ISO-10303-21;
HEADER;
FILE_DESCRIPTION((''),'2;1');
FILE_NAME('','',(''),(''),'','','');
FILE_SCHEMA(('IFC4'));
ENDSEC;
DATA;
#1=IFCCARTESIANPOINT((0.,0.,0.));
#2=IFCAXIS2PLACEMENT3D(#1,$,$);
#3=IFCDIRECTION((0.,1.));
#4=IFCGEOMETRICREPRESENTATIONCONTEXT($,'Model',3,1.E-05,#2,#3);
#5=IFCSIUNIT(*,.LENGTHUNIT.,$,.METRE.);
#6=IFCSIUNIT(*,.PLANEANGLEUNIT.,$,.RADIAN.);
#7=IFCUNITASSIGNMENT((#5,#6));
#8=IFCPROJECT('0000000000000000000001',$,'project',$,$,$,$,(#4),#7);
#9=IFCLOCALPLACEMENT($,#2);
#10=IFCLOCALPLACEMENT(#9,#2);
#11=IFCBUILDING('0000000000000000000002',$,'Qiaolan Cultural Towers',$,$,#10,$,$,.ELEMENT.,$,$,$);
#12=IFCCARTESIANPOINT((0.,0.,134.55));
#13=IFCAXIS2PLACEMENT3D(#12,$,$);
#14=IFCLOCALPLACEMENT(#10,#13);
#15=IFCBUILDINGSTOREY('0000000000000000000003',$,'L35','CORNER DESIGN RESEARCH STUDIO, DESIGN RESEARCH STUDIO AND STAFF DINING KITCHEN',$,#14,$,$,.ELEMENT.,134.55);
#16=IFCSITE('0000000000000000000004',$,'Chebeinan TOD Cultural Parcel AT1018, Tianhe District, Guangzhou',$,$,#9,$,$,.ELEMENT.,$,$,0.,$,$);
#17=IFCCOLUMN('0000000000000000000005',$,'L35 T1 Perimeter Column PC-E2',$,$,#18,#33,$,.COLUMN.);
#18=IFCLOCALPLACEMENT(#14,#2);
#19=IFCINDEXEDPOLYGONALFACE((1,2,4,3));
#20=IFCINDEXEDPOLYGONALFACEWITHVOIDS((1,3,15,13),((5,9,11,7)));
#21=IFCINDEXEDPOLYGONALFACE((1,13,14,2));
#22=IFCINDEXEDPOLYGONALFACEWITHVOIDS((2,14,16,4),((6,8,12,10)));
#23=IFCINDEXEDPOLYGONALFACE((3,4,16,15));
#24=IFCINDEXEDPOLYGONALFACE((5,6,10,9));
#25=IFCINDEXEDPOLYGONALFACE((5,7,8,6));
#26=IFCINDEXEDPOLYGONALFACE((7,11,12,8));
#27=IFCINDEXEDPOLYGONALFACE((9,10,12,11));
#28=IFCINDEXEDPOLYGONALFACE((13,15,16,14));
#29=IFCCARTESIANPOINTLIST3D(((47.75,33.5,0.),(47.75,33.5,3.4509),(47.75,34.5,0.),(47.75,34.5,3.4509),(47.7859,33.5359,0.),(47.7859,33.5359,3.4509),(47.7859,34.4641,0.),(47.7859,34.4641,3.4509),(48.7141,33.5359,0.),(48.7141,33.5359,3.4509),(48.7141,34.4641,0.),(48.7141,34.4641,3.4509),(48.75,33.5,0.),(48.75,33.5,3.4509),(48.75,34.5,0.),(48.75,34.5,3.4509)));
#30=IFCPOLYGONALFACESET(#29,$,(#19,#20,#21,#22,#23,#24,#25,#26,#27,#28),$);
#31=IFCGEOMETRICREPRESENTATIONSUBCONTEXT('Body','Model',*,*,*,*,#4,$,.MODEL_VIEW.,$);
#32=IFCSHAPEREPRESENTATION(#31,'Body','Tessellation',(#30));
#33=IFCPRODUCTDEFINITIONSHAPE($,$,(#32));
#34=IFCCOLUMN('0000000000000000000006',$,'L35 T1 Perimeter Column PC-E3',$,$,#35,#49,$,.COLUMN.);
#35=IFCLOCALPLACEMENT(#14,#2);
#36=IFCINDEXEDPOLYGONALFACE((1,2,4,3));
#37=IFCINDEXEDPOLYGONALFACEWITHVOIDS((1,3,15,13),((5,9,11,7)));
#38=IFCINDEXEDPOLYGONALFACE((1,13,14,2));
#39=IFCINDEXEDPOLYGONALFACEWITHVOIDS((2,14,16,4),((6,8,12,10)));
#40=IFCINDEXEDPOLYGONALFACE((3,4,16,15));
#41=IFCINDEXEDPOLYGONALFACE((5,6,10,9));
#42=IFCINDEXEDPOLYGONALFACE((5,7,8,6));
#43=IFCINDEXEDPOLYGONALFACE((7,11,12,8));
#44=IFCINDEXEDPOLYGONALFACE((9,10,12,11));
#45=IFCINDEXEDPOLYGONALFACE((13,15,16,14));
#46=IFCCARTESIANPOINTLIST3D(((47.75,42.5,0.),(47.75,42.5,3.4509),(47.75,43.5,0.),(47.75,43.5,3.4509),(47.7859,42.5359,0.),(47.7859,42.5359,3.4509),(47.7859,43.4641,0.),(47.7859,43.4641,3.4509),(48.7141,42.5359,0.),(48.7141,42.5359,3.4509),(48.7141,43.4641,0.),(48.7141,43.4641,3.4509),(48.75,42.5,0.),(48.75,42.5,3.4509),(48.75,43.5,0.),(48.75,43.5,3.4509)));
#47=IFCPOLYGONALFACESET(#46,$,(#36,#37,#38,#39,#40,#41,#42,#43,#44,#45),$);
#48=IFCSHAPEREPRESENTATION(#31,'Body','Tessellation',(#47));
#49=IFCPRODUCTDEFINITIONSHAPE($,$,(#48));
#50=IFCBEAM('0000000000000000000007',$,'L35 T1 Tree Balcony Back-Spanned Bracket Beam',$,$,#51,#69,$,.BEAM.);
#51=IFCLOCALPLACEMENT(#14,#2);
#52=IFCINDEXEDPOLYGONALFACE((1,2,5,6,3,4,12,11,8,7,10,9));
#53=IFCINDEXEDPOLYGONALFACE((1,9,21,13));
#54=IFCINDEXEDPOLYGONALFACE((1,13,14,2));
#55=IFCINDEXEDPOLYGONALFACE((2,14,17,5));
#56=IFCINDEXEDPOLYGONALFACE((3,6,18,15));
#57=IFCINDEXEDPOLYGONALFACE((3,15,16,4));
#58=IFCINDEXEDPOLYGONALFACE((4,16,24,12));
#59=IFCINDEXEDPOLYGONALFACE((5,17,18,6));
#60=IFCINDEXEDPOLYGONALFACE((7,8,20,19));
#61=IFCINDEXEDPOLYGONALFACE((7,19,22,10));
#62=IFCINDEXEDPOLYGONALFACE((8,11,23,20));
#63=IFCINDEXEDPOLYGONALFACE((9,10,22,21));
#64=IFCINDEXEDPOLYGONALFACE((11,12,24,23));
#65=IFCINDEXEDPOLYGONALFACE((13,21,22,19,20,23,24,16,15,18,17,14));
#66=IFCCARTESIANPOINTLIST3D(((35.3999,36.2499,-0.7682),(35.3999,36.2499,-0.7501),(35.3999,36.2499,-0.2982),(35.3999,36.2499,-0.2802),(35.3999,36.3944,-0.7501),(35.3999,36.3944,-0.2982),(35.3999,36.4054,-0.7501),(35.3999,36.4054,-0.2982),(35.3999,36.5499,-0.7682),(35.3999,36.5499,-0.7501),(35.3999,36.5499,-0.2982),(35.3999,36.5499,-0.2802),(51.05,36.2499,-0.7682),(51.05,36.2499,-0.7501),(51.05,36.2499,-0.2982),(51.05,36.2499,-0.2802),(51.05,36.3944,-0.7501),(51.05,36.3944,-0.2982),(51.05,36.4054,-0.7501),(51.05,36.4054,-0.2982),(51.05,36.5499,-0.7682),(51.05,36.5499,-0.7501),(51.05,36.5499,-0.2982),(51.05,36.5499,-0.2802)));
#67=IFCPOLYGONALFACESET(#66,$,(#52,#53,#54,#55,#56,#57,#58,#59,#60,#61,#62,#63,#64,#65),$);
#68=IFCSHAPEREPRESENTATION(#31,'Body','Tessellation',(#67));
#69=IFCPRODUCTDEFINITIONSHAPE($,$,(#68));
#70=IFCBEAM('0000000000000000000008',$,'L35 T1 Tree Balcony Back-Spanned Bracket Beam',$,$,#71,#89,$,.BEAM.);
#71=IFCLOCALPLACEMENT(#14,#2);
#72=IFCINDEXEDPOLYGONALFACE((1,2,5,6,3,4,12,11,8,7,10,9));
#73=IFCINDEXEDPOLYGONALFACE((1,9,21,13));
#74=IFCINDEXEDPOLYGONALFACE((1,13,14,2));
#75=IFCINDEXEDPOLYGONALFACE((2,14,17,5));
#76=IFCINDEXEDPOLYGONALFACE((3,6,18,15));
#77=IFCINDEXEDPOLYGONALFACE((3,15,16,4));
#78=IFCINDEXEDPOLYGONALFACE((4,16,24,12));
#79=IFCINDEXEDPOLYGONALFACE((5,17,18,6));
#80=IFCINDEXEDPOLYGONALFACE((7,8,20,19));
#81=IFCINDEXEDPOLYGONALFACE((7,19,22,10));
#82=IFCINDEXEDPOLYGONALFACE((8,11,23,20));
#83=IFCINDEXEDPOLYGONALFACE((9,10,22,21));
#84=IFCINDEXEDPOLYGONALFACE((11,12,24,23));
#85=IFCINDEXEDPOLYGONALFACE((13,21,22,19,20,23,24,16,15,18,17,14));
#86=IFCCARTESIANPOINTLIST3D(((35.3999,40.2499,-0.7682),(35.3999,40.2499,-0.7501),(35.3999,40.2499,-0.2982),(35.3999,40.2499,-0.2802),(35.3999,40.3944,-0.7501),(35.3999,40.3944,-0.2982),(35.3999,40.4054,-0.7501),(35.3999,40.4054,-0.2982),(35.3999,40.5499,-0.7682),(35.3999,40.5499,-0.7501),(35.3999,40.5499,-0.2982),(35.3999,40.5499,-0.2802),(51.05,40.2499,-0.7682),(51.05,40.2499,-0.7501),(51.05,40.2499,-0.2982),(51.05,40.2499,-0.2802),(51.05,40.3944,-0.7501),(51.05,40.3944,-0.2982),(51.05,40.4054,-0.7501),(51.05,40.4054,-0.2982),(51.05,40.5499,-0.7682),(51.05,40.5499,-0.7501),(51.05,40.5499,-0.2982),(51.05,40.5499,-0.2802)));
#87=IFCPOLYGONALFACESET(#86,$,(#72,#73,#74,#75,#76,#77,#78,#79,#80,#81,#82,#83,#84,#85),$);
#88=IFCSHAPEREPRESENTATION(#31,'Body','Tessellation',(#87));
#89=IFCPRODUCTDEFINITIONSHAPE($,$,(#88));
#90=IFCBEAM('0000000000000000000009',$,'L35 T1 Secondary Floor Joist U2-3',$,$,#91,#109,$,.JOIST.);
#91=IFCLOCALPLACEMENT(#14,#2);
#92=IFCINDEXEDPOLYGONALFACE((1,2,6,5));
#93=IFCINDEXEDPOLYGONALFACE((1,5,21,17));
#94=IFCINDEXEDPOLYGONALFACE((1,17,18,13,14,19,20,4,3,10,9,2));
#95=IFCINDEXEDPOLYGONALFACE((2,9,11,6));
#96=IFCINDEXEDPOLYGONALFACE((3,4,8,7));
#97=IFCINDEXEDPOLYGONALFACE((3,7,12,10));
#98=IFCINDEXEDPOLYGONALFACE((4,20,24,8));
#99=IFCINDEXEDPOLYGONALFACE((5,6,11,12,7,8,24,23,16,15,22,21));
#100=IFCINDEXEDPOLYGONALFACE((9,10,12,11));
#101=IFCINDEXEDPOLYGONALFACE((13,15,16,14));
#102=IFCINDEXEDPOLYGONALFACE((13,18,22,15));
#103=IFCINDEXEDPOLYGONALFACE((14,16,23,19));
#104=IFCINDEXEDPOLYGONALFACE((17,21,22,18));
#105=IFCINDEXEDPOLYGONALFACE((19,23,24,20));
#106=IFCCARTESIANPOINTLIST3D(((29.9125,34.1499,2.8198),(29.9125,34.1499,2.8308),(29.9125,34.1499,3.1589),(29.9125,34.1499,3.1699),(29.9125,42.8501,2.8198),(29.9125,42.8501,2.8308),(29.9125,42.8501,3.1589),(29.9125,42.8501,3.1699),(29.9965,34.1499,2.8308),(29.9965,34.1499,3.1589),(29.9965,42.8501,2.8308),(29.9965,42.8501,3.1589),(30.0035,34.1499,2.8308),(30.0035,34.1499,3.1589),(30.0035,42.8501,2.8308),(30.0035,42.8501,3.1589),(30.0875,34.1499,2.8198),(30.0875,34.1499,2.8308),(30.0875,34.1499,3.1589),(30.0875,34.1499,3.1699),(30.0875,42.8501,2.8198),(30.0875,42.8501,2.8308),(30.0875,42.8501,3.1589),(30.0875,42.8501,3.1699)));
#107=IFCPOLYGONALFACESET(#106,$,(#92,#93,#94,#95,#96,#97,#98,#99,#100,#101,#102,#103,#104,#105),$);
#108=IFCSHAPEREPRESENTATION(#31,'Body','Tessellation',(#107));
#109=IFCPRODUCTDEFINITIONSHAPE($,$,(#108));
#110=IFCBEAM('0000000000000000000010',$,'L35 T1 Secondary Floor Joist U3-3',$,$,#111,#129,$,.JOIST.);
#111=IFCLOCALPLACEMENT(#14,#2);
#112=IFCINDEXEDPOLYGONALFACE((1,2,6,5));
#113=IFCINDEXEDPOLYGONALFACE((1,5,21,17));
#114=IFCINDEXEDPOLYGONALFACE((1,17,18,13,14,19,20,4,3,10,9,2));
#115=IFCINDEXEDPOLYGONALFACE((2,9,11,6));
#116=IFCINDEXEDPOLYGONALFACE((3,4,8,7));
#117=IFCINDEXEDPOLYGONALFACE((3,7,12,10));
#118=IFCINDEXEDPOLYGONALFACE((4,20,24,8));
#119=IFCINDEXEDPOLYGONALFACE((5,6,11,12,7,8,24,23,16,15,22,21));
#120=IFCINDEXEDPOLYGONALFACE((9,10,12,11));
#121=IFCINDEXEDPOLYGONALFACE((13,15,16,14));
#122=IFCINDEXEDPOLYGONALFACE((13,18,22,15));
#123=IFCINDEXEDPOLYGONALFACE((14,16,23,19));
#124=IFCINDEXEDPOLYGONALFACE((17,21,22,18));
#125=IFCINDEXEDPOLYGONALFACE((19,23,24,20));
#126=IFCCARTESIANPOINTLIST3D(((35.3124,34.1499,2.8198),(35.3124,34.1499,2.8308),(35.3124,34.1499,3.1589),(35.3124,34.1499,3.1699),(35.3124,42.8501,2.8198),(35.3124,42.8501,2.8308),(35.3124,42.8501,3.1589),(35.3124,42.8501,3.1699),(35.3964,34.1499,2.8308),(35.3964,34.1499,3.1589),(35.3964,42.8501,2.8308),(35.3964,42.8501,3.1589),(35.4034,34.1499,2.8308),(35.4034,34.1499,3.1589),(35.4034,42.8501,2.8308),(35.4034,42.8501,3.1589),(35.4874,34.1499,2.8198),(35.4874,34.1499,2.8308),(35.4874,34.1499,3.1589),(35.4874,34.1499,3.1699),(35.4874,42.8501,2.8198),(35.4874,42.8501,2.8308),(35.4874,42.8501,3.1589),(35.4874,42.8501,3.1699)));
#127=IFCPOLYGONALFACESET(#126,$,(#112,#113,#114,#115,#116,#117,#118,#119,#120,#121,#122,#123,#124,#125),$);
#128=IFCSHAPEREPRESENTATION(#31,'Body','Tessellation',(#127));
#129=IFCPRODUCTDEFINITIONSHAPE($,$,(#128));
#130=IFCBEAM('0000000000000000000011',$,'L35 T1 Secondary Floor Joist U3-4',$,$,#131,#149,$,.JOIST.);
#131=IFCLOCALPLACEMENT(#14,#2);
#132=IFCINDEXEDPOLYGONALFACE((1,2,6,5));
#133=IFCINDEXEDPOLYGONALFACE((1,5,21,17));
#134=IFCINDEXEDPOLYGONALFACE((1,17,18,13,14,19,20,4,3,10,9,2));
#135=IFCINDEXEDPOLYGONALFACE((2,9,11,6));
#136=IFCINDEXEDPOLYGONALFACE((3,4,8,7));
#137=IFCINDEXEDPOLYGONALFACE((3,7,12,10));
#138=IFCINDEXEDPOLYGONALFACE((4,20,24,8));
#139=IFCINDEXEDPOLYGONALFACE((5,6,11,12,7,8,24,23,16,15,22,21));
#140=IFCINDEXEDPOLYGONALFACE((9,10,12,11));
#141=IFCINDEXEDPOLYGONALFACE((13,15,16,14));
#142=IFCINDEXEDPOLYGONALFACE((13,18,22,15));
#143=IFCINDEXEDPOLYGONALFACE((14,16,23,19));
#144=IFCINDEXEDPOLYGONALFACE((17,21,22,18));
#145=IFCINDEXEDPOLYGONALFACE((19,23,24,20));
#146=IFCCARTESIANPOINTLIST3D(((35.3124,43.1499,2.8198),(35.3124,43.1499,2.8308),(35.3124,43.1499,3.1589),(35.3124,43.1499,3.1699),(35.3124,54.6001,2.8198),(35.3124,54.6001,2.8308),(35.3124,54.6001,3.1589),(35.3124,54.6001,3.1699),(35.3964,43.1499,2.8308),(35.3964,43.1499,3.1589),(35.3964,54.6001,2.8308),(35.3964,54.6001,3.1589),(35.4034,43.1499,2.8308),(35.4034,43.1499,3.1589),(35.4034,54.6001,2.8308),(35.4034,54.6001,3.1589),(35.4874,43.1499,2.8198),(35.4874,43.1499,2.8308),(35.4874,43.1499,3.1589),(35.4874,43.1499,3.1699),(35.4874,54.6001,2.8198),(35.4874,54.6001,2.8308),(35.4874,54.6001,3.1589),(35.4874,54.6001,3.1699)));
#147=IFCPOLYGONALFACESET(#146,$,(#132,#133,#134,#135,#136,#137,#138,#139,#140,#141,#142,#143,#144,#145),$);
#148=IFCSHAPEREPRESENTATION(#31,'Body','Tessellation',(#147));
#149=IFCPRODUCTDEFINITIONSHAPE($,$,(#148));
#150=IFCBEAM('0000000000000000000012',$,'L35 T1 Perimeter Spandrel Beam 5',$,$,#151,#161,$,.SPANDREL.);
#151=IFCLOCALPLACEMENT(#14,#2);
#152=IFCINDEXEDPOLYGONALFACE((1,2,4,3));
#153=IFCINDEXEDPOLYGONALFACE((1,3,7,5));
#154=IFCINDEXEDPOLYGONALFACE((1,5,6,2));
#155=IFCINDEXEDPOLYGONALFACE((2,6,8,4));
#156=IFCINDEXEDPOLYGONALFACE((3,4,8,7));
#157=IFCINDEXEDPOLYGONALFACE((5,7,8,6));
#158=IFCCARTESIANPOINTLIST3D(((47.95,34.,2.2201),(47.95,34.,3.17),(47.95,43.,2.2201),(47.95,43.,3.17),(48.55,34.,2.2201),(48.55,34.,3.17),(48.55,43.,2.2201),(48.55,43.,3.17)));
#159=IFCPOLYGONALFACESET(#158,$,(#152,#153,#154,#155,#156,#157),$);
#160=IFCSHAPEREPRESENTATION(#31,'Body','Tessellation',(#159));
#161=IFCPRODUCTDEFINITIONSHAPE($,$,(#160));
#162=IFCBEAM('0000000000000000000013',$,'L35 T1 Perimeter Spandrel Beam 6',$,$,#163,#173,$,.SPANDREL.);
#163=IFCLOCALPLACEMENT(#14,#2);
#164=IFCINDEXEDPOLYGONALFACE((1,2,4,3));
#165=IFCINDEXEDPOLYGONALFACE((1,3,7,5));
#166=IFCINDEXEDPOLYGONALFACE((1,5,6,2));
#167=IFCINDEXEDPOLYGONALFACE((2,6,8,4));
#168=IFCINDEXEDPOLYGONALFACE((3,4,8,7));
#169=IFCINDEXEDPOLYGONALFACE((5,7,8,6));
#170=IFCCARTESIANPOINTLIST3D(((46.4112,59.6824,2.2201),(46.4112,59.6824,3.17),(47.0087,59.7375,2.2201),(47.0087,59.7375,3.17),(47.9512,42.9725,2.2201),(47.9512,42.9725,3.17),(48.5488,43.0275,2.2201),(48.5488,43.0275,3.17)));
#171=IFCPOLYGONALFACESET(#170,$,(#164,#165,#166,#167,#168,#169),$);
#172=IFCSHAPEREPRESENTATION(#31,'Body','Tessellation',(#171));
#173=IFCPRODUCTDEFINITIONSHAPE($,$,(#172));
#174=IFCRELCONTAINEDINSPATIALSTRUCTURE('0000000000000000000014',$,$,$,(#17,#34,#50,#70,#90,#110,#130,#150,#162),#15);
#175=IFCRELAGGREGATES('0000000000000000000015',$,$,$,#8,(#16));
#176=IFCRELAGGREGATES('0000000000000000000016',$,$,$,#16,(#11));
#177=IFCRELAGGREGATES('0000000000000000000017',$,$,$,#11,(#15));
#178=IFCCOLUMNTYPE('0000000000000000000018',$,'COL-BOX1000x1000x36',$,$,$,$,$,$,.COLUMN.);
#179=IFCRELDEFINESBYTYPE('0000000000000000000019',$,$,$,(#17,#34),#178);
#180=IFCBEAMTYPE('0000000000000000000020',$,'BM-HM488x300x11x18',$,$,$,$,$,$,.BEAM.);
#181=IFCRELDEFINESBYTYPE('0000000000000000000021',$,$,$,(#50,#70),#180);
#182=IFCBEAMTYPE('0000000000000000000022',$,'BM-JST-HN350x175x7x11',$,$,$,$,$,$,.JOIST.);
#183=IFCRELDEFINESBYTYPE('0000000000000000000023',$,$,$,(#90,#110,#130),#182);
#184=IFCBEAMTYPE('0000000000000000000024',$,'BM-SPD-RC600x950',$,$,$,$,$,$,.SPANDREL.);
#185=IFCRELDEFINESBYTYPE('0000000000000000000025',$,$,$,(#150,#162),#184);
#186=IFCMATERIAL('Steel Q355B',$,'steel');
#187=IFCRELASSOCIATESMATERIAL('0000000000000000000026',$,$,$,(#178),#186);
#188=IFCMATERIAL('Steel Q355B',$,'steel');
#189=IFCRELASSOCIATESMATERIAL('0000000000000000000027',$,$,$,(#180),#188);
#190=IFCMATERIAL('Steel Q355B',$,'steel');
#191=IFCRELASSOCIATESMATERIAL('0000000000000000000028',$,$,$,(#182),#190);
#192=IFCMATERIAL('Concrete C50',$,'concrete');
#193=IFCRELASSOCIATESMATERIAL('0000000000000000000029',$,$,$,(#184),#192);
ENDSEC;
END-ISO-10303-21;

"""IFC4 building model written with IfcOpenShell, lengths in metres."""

from ifc_helpers import new_model, si_unit, direction, frame, origin, origin_2d, place, context, subcontext, project, spatial, rectangle, hollow_rectangle, i_section, extrude, material, material_profile, profile_set, type_object, element, save


model = new_model("IFC4")

# Units and contexts
model_context = context("Model", 3, precision=1e-05, world=origin(), true_north=direction((0.0, 1.0)))
body_context = subcontext(model_context, "Body", "Model", "MODEL_VIEW")
ifc_project = project(units=[si_unit("LENGTHUNIT", "METRE"), si_unit("PLANEANGLEUNIT", "RADIAN")], contexts=[model_context])

# Site, building, storey
site_placement = place(None, origin())
site = spatial("IfcSite", under=ifc_project, at=site_placement, Name="Chebeinan TOD Cultural Parcel AT1018, Tianhe District, Guangzhou", CompositionType="ELEMENT", RefElevation=0.0)
building_placement = place(site_placement, origin())
building = spatial("IfcBuilding", under=site, at=building_placement, Name="Qiaolan Cultural Towers", CompositionType="ELEMENT")
storey_placement = place(building_placement, frame((0.0, 0.0, 134.55)))
storey = spatial("IfcBuildingStorey", under=building, at=storey_placement, Name="L35", Description="CORNER DESIGN RESEARCH STUDIO, DESIGN RESEARCH STUDIO AND STAFF DINING KITCHEN", CompositionType="ELEMENT", Elevation=134.55)

# Columns
ifc_material_1 = material(Name="Steel Q355B", Category="steel")
ifc_material_profile_1 = material_profile(ifc_material_1, hollow_rectangle(XDim=1.0, YDim=1.0, WallThickness=0.0359, at=origin_2d()), Name="BOX1000x1000x36")
ifc_profile_set_1 = profile_set([ifc_material_profile_1], Name="Steel Q355B")
column_type = type_object("IfcColumnType", Name="COL-BOX1000x1000x36", PredefinedType="COLUMN", material=ifc_profile_set_1)
for number, where, z_axis, x_axis, name in (
    (1, (48.25, 34.0, 0.0), (0.0, 0.0, 1.0), (1.0, 0.0, 0.0), "L35 T1 Perimeter Column PC-E2"),
    (2, (48.25, 43.0, 0.0), (0.0, 0.0, 1.0), (1.0, 0.0, 0.0), "L35 T1 Perimeter Column PC-E3"),
):
    element("IfcColumn", number, at=place(storey_placement, frame(where, z_axis=z_axis, x_axis=x_axis)), inside=storey, type_object=column_type, Name=name, PredefinedType="COLUMN", context=body_context, shape_type="SweptSolid", body=[
        extrude(hollow_rectangle(XDim=1.0, YDim=1.0, WallThickness=0.0359, at=origin_2d()), origin(), (0.0, 0.0, 1.0), 3.4509),
    ])

# Beams
ifc_material_2 = material(Name="Steel Q355B", Category="steel")
ifc_material_profile_2 = material_profile(ifc_material_2, i_section(OverallWidth=0.3, OverallDepth=0.488, WebThickness=0.011, FlangeThickness=0.0181, at=origin_2d()), Name="HM488x300x11x18")
ifc_profile_set_2 = profile_set([ifc_material_profile_2], Name="Steel Q355B")
beam_type_1 = type_object("IfcBeamType", Name="BM-HM488x300x11x18", PredefinedType="BEAM", material=ifc_profile_set_2)
for number, where, z_axis, x_axis, name in (
    (3, (35.3999, 36.3999, -0.5242), (1.0, 0.0, 0.0), (0.0, 1.0, 0.0), "L35 T1 Tree Balcony Back-Spanned Bracket Beam"),
    (4, (35.3999, 40.3999, -0.5242), (1.0, 0.0, 0.0), (0.0, 1.0, 0.0), "L35 T1 Tree Balcony Back-Spanned Bracket Beam"),
):
    element("IfcBeam", number, at=place(storey_placement, frame(where, z_axis=z_axis, x_axis=x_axis)), inside=storey, type_object=beam_type_1, Name=name, PredefinedType="BEAM", context=body_context, shape_type="SweptSolid", body=[
        extrude(i_section(OverallWidth=0.3, OverallDepth=0.488, WebThickness=0.011, FlangeThickness=0.0181, at=origin_2d()), origin(), (0.0, 0.0, 1.0), 15.6501),
    ])
ifc_material_3 = material(Name="Steel Q355B", Category="steel")
ifc_material_profile_3 = material_profile(ifc_material_3, i_section(OverallWidth=0.175, OverallDepth=0.3501, WebThickness=0.0071, FlangeThickness=0.011, at=origin_2d()), Name="HN350x175x7x11")
ifc_profile_set_3 = profile_set([ifc_material_profile_3], Name="Steel Q355B")
beam_type_2 = type_object("IfcBeamType", Name="BM-JST-HN350x175x7x11", PredefinedType="JOIST", material=ifc_profile_set_3)
for number, where, z_axis, x_axis, name in (
    (5, (30.0, 34.1499, 2.9949), (0.0, 1.0, 0.0), (-1.0, 0.0, 0.0), "L35 T1 Secondary Floor Joist U2-3"),
    (6, (35.3999, 34.1499, 2.9949), (0.0, 1.0, 0.0), (-1.0, 0.0, 0.0), "L35 T1 Secondary Floor Joist U3-3"),
):
    element("IfcBeam", number, at=place(storey_placement, frame(where, z_axis=z_axis, x_axis=x_axis)), inside=storey, type_object=beam_type_2, Name=name, PredefinedType="JOIST", context=body_context, shape_type="SweptSolid", body=[
        extrude(i_section(OverallWidth=0.175, OverallDepth=0.3501, WebThickness=0.0071, FlangeThickness=0.011, at=origin_2d()), origin(), (0.0, 0.0, 1.0), 8.7002),
    ])
beam_1_placement = place(storey_placement, frame((35.3999, 43.1499, 2.9949), z_axis=(0.0, 1.0, 0.0), x_axis=(-1.0, 0.0, 0.0)))
element("IfcBeam", 7, at=beam_1_placement, inside=storey, type_object=beam_type_2, Name="L35 T1 Secondary Floor Joist U3-4", PredefinedType="JOIST", context=body_context, shape_type="SweptSolid", body=[
    extrude(i_section(OverallWidth=0.175, OverallDepth=0.3501, WebThickness=0.0071, FlangeThickness=0.011, at=origin_2d()), origin(), (0.0, 0.0, 1.0), 11.4502),
])
ifc_material_4 = material(Name="Concrete C50", Category="concrete")
ifc_material_profile_4 = material_profile(ifc_material_4, rectangle(XDim=0.6001, YDim=0.95, at=origin_2d()), Name="RC600x950")
ifc_profile_set_4 = profile_set([ifc_material_profile_4], Name="Concrete C50")
beam_type_3 = type_object("IfcBeamType", Name="BM-SPD-RC600x950", PredefinedType="SPANDREL", material=ifc_profile_set_4)
beam_2_placement = place(storey_placement, frame((48.25, 34.0, 2.6951), z_axis=(0.0, 1.0, 0.0), x_axis=(-1.0, 0.0, 0.0)))
element("IfcBeam", 8, at=beam_2_placement, inside=storey, type_object=beam_type_3, Name="L35 T1 Perimeter Spandrel Beam 5", PredefinedType="SPANDREL", context=body_context, shape_type="SweptSolid", body=[
    extrude(rectangle(XDim=0.6001, YDim=0.95, at=origin_2d()), origin(), (0.0, 0.0, 1.0), 9.0),
])
beam_3_placement = place(storey_placement, frame((48.25, 43.0, 2.6951), z_axis=(-0.091774, 0.99578, 0.0), x_axis=(-0.99578, -0.091774, 0.0)))
element("IfcBeam", 9, at=beam_3_placement, inside=storey, type_object=beam_type_3, Name="L35 T1 Perimeter Spandrel Beam 6", PredefinedType="SPANDREL", context=body_context, shape_type="SweptSolid", body=[
    extrude(rectangle(XDim=0.6001, YDim=0.95, at=origin_2d()), origin(), (0.0, 0.0, 1.0), 16.7808),
])

save(model, "model.ifc")
